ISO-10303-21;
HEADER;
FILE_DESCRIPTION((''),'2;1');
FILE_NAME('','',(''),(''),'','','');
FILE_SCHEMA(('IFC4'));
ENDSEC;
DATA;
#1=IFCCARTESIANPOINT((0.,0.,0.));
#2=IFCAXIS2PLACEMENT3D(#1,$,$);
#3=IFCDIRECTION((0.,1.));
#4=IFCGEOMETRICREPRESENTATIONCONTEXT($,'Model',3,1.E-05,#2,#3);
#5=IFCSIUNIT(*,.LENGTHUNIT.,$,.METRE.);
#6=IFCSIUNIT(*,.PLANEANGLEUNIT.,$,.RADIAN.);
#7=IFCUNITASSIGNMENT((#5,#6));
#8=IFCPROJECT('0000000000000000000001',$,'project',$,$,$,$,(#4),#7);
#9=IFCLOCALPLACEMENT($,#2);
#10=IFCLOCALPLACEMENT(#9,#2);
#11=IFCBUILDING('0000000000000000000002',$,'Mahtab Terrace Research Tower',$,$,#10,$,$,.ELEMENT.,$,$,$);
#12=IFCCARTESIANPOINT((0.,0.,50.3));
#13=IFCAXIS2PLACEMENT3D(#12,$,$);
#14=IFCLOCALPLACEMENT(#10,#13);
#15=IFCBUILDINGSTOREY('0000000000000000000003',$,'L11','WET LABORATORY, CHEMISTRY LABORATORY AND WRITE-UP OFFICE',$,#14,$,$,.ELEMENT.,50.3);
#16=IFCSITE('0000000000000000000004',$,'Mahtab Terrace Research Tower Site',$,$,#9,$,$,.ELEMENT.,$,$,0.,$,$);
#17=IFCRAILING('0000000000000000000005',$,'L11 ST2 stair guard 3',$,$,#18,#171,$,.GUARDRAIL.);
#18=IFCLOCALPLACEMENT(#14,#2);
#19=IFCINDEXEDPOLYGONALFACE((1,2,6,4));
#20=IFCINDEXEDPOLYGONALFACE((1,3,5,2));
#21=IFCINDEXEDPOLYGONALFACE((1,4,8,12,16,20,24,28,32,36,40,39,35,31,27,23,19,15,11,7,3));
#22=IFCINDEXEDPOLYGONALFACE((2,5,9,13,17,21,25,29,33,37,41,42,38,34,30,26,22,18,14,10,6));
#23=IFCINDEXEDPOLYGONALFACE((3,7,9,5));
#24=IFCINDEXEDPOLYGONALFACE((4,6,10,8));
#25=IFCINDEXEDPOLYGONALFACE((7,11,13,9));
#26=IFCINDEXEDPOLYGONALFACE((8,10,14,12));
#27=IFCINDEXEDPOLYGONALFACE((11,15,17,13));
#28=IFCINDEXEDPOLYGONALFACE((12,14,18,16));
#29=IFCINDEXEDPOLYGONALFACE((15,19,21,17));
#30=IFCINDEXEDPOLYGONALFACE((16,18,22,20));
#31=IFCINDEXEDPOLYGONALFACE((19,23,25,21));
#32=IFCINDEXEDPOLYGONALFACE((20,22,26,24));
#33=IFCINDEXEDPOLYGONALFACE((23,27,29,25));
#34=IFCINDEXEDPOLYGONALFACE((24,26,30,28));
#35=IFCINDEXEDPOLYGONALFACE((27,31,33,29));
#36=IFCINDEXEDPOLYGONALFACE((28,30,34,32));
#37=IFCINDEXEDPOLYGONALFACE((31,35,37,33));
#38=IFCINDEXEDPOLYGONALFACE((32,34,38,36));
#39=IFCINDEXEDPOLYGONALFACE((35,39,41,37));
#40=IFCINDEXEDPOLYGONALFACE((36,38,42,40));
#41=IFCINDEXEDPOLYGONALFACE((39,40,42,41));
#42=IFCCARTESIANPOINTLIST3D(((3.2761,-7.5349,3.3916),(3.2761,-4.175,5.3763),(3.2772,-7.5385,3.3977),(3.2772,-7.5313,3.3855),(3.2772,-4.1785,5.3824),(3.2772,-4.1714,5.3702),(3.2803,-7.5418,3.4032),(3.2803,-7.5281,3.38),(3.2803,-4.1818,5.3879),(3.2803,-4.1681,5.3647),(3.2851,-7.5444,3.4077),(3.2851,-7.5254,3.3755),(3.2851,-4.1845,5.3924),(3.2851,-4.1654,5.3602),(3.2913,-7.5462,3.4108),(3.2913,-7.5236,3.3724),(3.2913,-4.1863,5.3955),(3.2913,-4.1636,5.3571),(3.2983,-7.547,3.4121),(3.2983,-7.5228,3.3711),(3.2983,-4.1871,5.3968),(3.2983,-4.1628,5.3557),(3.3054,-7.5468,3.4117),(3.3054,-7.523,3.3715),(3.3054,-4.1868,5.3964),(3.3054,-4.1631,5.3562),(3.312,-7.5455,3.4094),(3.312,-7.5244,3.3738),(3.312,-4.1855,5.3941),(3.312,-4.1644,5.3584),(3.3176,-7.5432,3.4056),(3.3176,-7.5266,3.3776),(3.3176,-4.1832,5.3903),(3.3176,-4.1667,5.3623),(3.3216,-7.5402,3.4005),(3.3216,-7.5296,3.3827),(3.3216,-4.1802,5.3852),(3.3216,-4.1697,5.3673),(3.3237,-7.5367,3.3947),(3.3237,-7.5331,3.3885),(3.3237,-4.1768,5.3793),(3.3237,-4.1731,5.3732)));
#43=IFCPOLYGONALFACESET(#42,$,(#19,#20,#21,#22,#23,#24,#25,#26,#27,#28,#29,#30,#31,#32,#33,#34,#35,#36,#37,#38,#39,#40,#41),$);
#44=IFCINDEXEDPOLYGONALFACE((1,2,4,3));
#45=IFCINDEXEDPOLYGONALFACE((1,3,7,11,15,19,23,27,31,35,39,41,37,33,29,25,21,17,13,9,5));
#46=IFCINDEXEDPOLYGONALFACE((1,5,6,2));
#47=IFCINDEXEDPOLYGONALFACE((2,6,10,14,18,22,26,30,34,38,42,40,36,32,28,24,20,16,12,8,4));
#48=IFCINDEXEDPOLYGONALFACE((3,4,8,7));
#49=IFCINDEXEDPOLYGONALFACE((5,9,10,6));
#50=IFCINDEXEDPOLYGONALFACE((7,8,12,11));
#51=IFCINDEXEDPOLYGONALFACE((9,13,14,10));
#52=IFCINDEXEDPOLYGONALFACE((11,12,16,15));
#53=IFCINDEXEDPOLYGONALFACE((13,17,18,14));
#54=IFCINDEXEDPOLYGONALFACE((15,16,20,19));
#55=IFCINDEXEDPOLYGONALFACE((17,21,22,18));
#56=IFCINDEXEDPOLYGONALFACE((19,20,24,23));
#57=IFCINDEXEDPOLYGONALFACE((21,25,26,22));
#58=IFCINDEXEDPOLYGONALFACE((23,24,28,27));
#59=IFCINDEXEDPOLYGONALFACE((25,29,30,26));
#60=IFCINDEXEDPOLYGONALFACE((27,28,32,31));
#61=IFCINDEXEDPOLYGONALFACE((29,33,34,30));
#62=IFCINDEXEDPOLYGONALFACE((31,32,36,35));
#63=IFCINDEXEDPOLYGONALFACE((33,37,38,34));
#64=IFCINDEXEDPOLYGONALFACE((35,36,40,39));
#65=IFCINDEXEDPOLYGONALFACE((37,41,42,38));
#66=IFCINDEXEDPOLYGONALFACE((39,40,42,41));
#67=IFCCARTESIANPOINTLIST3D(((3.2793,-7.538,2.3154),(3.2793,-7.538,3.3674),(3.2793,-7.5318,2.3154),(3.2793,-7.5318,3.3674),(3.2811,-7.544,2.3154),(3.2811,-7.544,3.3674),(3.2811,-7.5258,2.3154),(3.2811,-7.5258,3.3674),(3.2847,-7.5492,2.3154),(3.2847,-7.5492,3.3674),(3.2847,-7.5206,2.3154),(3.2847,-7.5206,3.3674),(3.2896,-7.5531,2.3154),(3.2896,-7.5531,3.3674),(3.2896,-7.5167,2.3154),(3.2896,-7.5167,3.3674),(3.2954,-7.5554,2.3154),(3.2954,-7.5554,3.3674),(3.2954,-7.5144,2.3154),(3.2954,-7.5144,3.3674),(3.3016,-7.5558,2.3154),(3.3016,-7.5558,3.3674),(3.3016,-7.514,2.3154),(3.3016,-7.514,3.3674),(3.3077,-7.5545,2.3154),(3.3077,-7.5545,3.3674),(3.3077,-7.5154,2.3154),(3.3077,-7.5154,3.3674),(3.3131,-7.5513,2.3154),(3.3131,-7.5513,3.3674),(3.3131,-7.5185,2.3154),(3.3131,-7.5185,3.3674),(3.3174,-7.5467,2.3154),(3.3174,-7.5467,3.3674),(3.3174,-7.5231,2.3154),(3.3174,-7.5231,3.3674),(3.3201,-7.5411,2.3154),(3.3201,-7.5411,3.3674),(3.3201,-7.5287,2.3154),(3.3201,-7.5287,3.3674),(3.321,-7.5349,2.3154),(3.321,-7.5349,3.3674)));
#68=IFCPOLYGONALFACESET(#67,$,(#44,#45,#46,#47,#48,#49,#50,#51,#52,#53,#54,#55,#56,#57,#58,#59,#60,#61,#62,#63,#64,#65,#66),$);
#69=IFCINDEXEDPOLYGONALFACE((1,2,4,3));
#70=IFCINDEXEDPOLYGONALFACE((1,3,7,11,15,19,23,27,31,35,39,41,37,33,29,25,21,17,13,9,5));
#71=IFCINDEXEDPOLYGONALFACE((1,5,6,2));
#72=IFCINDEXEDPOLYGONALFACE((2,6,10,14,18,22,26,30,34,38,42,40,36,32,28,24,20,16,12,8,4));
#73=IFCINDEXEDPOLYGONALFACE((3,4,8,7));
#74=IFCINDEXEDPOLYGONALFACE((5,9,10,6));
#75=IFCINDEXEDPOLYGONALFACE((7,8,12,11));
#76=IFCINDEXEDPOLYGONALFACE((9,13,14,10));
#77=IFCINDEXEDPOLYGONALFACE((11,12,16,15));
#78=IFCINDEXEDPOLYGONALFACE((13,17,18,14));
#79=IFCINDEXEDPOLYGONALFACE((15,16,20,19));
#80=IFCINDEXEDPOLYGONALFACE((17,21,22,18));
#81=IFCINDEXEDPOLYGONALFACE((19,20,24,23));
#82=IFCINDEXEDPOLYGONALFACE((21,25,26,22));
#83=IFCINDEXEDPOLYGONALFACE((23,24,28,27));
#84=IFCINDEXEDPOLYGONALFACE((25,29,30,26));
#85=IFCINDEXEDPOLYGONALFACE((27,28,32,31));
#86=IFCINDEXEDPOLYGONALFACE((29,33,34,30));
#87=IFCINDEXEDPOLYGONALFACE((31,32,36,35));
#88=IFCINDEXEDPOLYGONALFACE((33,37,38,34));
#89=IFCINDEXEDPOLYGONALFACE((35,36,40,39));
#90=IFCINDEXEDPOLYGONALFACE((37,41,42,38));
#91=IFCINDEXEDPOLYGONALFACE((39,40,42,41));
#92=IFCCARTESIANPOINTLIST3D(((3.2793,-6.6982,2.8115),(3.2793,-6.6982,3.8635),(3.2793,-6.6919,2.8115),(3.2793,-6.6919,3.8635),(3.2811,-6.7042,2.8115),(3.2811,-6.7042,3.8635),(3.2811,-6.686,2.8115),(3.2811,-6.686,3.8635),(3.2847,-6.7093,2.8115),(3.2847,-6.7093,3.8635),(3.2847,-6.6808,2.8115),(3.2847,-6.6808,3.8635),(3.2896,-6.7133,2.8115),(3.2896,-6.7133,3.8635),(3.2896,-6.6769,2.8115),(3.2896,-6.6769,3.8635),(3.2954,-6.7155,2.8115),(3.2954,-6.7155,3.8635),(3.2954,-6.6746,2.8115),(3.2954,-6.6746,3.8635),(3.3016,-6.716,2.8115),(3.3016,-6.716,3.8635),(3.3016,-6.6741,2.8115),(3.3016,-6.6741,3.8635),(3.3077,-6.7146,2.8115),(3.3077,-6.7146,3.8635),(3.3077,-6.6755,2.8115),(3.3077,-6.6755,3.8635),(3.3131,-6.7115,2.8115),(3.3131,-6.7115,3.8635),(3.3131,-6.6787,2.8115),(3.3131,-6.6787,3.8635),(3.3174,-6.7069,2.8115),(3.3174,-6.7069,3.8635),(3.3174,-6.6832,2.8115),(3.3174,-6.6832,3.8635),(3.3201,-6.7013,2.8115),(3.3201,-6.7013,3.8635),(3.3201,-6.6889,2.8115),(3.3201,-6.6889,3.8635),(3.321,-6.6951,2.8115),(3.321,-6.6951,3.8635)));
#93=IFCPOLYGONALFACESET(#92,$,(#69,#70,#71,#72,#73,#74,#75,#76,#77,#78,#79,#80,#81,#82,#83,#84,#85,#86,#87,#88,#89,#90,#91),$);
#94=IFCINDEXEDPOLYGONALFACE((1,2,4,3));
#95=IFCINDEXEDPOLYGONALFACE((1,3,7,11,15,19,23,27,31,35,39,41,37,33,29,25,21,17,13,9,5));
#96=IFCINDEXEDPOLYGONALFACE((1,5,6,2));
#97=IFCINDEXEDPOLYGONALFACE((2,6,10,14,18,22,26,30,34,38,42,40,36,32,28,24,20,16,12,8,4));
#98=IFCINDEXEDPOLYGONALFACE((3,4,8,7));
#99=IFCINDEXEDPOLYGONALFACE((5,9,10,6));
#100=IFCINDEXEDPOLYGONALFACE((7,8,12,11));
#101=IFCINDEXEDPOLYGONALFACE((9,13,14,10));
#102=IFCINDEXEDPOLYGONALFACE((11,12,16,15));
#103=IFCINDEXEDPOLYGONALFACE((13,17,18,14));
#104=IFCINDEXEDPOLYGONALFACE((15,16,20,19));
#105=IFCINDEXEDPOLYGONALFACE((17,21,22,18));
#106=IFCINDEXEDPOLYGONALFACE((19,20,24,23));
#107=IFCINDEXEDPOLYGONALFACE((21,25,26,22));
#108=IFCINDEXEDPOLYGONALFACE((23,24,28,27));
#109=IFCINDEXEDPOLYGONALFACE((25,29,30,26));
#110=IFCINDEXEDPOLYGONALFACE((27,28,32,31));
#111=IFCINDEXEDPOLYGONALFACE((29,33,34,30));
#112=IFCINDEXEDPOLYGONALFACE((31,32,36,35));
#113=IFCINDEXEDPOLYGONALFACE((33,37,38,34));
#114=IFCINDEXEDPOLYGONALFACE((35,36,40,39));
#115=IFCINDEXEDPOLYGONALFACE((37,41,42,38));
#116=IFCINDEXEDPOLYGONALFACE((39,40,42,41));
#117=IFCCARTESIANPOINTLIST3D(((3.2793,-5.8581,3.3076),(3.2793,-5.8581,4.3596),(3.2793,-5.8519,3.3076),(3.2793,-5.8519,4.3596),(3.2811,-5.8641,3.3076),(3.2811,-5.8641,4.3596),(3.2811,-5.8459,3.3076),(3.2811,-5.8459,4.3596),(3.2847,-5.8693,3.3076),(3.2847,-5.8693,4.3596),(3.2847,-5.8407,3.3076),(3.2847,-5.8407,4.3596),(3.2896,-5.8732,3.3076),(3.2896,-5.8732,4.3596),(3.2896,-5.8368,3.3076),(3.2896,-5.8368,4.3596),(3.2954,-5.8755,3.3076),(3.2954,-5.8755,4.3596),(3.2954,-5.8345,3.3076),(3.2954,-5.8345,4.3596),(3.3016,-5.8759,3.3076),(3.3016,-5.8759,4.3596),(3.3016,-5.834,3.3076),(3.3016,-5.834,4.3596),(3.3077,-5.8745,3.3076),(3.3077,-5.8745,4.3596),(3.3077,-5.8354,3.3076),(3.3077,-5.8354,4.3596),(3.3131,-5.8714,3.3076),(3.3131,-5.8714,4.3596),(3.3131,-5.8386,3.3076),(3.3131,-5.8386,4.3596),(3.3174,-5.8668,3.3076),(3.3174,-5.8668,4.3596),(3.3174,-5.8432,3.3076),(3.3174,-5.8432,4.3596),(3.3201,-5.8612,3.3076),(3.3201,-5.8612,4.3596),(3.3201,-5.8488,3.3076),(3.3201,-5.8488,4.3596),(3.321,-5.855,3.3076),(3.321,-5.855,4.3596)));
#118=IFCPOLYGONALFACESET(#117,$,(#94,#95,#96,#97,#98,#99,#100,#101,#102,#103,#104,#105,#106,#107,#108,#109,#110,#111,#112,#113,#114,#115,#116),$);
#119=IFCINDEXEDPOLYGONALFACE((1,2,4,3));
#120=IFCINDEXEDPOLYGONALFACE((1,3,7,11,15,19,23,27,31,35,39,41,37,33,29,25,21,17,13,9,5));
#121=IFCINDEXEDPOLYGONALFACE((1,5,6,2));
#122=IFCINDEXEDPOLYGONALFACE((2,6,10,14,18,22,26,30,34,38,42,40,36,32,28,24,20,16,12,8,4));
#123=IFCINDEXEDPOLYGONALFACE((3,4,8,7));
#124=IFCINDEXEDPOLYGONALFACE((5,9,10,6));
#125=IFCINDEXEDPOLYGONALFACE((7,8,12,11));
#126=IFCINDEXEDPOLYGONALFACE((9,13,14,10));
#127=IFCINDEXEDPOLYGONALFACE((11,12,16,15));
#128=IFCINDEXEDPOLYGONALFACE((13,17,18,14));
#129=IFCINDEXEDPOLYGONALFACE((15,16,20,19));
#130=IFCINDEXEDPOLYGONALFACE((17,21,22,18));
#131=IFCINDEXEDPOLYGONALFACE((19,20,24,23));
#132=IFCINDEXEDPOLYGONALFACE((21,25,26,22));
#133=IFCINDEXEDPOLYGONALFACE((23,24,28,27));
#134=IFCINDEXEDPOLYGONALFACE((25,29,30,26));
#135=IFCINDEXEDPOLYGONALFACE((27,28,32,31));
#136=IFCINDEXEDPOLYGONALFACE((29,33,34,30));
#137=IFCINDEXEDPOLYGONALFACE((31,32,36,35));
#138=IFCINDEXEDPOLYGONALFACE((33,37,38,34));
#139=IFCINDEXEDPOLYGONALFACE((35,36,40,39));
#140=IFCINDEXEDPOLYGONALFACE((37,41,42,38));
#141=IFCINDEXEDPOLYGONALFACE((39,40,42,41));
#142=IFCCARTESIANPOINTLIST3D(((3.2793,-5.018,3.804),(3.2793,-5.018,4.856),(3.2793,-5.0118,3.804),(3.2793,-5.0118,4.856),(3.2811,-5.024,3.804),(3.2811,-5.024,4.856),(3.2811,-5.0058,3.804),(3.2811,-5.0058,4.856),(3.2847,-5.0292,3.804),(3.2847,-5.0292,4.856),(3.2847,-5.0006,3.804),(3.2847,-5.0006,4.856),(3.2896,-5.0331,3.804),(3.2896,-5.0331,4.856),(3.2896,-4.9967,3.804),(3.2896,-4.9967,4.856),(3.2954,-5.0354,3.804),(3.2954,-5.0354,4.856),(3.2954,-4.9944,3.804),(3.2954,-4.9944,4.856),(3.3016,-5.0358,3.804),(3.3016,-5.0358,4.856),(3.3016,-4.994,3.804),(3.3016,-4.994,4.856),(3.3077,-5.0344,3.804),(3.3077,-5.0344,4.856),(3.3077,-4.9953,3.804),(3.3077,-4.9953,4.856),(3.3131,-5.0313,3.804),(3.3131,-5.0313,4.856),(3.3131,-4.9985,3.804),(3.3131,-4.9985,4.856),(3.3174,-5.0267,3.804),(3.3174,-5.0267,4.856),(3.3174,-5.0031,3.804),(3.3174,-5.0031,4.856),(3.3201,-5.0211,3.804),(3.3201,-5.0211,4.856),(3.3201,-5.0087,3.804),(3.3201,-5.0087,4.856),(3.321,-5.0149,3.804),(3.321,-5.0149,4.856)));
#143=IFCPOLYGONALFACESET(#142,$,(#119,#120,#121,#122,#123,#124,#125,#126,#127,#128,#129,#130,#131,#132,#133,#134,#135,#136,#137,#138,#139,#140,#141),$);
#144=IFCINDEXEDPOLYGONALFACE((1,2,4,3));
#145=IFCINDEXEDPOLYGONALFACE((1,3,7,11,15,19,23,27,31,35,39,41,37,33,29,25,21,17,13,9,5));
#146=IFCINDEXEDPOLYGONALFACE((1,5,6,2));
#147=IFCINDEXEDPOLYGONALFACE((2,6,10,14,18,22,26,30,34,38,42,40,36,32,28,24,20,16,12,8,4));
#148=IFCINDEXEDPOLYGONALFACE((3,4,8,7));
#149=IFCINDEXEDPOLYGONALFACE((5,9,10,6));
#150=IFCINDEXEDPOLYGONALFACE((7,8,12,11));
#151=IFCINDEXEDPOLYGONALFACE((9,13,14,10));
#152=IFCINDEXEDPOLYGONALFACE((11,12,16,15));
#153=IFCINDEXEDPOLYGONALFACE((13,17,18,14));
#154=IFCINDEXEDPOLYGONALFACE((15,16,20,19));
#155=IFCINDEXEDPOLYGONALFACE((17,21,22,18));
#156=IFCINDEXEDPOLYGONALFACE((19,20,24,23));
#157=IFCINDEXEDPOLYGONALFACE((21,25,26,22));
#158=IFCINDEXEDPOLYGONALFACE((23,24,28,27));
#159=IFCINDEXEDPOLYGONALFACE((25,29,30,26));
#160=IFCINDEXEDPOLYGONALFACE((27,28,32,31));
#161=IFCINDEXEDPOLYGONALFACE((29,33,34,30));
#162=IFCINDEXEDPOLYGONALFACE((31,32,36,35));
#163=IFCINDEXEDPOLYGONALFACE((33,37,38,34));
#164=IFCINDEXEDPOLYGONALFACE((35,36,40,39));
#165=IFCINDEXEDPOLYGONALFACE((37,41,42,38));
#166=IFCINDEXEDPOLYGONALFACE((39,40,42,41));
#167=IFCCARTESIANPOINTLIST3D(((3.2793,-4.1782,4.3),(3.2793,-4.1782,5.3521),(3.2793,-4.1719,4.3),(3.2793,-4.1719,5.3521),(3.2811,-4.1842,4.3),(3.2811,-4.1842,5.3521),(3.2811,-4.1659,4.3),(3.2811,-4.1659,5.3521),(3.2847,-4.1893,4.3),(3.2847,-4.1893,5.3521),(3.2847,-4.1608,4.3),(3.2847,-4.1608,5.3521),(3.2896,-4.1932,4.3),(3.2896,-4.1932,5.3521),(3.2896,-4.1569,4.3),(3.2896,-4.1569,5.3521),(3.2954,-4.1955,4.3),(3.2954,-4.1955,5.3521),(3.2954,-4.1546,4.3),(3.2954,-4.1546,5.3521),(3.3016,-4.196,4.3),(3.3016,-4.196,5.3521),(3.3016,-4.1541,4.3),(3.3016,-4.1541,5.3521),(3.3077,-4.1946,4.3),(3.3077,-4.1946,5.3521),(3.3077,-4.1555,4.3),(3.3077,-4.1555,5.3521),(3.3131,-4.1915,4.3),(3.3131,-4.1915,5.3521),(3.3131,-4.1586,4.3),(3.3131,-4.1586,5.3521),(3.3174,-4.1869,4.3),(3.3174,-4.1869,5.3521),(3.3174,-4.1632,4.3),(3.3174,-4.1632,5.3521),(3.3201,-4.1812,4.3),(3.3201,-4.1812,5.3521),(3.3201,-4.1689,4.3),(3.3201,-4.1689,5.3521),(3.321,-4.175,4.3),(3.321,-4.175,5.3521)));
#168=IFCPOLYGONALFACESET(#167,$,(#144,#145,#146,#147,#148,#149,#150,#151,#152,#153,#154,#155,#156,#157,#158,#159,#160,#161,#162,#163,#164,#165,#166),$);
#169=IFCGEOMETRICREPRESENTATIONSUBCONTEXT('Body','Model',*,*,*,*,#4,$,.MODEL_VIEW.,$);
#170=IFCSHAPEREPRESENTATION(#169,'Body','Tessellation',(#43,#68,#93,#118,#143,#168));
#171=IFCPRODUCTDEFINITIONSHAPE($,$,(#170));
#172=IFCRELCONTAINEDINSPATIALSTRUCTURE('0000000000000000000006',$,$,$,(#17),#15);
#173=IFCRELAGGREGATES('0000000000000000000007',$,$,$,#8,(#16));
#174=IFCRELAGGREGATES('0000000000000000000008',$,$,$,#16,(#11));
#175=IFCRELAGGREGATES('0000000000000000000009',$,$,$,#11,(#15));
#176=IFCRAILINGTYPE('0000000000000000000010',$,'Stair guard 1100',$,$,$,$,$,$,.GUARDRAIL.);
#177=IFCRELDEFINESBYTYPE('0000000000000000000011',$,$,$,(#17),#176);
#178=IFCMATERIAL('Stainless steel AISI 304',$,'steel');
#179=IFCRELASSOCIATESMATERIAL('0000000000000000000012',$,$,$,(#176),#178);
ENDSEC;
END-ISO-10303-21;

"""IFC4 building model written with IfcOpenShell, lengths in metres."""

from ifc_helpers import new_model, si_unit, direction, frame, origin, origin_2d, place, context, subcontext, project, spatial, circle, extrude, material, type_object, element, save


model = new_model("IFC4")

# Units and contexts
model_context = context("Model", 3, precision=1e-05, world=origin(), true_north=direction((0.0, 1.0)))
body_context = subcontext(model_context, "Body", "Model", "MODEL_VIEW")
ifc_project = project(units=[si_unit("LENGTHUNIT", "METRE"), si_unit("PLANEANGLEUNIT", "RADIAN")], contexts=[model_context])

# Site, building, storey
site_placement = place(None, origin())
site = spatial("IfcSite", under=ifc_project, at=site_placement, Name="Mahtab Terrace Research Tower Site", CompositionType="ELEMENT", RefElevation=0.0)
building_placement = place(site_placement, origin())
building = spatial("IfcBuilding", under=site, at=building_placement, Name="Mahtab Terrace Research Tower", CompositionType="ELEMENT")
storey_placement = place(building_placement, frame((0.0, 0.0, 50.3)))
storey = spatial("IfcBuildingStorey", under=building, at=storey_placement, Name="L11", Description="WET LABORATORY, CHEMISTRY LABORATORY AND WRITE-UP OFFICE", CompositionType="ELEMENT", Elevation=50.3)

# Railing
ifc_material_1 = material(Name="Stainless steel AISI 304", Category="steel")
railing_type_1 = type_object("IfcRailingType", Name="Stair guard 1100", PredefinedType="GUARDRAIL", material=ifc_material_1)
railing_1_placement = place(storey_placement, frame((3.3, -7.5349, 2.3154)))
element("IfcRailing", 1, at=railing_1_placement, inside=storey, type_object=railing_type_1, Name="L11 ST2 stair guard 3", PredefinedType="GUARDRAIL", context=body_context, shape_type="SweptSolid", body=[
    extrude(circle(Radius=0.0239, at=origin_2d()), frame((0.0, 0.0, 1.0762), z_axis=(0.0, 0.861011, 0.508586), x_axis=(-1.0, 0.0, 0.0)), (0.0, 0.0, 1.0), 3.9023),
    extrude(circle(Radius=0.021, at=origin_2d()), origin(), (0.0, 0.0, 1.0), 1.052),
    extrude(circle(Radius=0.021, at=origin_2d()), frame((0.0, 0.8398, 0.4961)), (0.0, 0.0, 1.0), 1.052),
    extrude(circle(Radius=0.021, at=origin_2d()), frame((0.0, 1.6799, 0.9922)), (0.0, 0.0, 1.0), 1.052),
    extrude(circle(Radius=0.021, at=origin_2d()), frame((0.0, 2.52, 1.4885)), (0.0, 0.0, 1.0), 1.052),
    extrude(circle(Radius=0.021, at=origin_2d()), frame((0.0, 3.3599, 1.9846)), (0.0, 0.0, 1.0), 1.052),
])

save(model, "model.ifc")
